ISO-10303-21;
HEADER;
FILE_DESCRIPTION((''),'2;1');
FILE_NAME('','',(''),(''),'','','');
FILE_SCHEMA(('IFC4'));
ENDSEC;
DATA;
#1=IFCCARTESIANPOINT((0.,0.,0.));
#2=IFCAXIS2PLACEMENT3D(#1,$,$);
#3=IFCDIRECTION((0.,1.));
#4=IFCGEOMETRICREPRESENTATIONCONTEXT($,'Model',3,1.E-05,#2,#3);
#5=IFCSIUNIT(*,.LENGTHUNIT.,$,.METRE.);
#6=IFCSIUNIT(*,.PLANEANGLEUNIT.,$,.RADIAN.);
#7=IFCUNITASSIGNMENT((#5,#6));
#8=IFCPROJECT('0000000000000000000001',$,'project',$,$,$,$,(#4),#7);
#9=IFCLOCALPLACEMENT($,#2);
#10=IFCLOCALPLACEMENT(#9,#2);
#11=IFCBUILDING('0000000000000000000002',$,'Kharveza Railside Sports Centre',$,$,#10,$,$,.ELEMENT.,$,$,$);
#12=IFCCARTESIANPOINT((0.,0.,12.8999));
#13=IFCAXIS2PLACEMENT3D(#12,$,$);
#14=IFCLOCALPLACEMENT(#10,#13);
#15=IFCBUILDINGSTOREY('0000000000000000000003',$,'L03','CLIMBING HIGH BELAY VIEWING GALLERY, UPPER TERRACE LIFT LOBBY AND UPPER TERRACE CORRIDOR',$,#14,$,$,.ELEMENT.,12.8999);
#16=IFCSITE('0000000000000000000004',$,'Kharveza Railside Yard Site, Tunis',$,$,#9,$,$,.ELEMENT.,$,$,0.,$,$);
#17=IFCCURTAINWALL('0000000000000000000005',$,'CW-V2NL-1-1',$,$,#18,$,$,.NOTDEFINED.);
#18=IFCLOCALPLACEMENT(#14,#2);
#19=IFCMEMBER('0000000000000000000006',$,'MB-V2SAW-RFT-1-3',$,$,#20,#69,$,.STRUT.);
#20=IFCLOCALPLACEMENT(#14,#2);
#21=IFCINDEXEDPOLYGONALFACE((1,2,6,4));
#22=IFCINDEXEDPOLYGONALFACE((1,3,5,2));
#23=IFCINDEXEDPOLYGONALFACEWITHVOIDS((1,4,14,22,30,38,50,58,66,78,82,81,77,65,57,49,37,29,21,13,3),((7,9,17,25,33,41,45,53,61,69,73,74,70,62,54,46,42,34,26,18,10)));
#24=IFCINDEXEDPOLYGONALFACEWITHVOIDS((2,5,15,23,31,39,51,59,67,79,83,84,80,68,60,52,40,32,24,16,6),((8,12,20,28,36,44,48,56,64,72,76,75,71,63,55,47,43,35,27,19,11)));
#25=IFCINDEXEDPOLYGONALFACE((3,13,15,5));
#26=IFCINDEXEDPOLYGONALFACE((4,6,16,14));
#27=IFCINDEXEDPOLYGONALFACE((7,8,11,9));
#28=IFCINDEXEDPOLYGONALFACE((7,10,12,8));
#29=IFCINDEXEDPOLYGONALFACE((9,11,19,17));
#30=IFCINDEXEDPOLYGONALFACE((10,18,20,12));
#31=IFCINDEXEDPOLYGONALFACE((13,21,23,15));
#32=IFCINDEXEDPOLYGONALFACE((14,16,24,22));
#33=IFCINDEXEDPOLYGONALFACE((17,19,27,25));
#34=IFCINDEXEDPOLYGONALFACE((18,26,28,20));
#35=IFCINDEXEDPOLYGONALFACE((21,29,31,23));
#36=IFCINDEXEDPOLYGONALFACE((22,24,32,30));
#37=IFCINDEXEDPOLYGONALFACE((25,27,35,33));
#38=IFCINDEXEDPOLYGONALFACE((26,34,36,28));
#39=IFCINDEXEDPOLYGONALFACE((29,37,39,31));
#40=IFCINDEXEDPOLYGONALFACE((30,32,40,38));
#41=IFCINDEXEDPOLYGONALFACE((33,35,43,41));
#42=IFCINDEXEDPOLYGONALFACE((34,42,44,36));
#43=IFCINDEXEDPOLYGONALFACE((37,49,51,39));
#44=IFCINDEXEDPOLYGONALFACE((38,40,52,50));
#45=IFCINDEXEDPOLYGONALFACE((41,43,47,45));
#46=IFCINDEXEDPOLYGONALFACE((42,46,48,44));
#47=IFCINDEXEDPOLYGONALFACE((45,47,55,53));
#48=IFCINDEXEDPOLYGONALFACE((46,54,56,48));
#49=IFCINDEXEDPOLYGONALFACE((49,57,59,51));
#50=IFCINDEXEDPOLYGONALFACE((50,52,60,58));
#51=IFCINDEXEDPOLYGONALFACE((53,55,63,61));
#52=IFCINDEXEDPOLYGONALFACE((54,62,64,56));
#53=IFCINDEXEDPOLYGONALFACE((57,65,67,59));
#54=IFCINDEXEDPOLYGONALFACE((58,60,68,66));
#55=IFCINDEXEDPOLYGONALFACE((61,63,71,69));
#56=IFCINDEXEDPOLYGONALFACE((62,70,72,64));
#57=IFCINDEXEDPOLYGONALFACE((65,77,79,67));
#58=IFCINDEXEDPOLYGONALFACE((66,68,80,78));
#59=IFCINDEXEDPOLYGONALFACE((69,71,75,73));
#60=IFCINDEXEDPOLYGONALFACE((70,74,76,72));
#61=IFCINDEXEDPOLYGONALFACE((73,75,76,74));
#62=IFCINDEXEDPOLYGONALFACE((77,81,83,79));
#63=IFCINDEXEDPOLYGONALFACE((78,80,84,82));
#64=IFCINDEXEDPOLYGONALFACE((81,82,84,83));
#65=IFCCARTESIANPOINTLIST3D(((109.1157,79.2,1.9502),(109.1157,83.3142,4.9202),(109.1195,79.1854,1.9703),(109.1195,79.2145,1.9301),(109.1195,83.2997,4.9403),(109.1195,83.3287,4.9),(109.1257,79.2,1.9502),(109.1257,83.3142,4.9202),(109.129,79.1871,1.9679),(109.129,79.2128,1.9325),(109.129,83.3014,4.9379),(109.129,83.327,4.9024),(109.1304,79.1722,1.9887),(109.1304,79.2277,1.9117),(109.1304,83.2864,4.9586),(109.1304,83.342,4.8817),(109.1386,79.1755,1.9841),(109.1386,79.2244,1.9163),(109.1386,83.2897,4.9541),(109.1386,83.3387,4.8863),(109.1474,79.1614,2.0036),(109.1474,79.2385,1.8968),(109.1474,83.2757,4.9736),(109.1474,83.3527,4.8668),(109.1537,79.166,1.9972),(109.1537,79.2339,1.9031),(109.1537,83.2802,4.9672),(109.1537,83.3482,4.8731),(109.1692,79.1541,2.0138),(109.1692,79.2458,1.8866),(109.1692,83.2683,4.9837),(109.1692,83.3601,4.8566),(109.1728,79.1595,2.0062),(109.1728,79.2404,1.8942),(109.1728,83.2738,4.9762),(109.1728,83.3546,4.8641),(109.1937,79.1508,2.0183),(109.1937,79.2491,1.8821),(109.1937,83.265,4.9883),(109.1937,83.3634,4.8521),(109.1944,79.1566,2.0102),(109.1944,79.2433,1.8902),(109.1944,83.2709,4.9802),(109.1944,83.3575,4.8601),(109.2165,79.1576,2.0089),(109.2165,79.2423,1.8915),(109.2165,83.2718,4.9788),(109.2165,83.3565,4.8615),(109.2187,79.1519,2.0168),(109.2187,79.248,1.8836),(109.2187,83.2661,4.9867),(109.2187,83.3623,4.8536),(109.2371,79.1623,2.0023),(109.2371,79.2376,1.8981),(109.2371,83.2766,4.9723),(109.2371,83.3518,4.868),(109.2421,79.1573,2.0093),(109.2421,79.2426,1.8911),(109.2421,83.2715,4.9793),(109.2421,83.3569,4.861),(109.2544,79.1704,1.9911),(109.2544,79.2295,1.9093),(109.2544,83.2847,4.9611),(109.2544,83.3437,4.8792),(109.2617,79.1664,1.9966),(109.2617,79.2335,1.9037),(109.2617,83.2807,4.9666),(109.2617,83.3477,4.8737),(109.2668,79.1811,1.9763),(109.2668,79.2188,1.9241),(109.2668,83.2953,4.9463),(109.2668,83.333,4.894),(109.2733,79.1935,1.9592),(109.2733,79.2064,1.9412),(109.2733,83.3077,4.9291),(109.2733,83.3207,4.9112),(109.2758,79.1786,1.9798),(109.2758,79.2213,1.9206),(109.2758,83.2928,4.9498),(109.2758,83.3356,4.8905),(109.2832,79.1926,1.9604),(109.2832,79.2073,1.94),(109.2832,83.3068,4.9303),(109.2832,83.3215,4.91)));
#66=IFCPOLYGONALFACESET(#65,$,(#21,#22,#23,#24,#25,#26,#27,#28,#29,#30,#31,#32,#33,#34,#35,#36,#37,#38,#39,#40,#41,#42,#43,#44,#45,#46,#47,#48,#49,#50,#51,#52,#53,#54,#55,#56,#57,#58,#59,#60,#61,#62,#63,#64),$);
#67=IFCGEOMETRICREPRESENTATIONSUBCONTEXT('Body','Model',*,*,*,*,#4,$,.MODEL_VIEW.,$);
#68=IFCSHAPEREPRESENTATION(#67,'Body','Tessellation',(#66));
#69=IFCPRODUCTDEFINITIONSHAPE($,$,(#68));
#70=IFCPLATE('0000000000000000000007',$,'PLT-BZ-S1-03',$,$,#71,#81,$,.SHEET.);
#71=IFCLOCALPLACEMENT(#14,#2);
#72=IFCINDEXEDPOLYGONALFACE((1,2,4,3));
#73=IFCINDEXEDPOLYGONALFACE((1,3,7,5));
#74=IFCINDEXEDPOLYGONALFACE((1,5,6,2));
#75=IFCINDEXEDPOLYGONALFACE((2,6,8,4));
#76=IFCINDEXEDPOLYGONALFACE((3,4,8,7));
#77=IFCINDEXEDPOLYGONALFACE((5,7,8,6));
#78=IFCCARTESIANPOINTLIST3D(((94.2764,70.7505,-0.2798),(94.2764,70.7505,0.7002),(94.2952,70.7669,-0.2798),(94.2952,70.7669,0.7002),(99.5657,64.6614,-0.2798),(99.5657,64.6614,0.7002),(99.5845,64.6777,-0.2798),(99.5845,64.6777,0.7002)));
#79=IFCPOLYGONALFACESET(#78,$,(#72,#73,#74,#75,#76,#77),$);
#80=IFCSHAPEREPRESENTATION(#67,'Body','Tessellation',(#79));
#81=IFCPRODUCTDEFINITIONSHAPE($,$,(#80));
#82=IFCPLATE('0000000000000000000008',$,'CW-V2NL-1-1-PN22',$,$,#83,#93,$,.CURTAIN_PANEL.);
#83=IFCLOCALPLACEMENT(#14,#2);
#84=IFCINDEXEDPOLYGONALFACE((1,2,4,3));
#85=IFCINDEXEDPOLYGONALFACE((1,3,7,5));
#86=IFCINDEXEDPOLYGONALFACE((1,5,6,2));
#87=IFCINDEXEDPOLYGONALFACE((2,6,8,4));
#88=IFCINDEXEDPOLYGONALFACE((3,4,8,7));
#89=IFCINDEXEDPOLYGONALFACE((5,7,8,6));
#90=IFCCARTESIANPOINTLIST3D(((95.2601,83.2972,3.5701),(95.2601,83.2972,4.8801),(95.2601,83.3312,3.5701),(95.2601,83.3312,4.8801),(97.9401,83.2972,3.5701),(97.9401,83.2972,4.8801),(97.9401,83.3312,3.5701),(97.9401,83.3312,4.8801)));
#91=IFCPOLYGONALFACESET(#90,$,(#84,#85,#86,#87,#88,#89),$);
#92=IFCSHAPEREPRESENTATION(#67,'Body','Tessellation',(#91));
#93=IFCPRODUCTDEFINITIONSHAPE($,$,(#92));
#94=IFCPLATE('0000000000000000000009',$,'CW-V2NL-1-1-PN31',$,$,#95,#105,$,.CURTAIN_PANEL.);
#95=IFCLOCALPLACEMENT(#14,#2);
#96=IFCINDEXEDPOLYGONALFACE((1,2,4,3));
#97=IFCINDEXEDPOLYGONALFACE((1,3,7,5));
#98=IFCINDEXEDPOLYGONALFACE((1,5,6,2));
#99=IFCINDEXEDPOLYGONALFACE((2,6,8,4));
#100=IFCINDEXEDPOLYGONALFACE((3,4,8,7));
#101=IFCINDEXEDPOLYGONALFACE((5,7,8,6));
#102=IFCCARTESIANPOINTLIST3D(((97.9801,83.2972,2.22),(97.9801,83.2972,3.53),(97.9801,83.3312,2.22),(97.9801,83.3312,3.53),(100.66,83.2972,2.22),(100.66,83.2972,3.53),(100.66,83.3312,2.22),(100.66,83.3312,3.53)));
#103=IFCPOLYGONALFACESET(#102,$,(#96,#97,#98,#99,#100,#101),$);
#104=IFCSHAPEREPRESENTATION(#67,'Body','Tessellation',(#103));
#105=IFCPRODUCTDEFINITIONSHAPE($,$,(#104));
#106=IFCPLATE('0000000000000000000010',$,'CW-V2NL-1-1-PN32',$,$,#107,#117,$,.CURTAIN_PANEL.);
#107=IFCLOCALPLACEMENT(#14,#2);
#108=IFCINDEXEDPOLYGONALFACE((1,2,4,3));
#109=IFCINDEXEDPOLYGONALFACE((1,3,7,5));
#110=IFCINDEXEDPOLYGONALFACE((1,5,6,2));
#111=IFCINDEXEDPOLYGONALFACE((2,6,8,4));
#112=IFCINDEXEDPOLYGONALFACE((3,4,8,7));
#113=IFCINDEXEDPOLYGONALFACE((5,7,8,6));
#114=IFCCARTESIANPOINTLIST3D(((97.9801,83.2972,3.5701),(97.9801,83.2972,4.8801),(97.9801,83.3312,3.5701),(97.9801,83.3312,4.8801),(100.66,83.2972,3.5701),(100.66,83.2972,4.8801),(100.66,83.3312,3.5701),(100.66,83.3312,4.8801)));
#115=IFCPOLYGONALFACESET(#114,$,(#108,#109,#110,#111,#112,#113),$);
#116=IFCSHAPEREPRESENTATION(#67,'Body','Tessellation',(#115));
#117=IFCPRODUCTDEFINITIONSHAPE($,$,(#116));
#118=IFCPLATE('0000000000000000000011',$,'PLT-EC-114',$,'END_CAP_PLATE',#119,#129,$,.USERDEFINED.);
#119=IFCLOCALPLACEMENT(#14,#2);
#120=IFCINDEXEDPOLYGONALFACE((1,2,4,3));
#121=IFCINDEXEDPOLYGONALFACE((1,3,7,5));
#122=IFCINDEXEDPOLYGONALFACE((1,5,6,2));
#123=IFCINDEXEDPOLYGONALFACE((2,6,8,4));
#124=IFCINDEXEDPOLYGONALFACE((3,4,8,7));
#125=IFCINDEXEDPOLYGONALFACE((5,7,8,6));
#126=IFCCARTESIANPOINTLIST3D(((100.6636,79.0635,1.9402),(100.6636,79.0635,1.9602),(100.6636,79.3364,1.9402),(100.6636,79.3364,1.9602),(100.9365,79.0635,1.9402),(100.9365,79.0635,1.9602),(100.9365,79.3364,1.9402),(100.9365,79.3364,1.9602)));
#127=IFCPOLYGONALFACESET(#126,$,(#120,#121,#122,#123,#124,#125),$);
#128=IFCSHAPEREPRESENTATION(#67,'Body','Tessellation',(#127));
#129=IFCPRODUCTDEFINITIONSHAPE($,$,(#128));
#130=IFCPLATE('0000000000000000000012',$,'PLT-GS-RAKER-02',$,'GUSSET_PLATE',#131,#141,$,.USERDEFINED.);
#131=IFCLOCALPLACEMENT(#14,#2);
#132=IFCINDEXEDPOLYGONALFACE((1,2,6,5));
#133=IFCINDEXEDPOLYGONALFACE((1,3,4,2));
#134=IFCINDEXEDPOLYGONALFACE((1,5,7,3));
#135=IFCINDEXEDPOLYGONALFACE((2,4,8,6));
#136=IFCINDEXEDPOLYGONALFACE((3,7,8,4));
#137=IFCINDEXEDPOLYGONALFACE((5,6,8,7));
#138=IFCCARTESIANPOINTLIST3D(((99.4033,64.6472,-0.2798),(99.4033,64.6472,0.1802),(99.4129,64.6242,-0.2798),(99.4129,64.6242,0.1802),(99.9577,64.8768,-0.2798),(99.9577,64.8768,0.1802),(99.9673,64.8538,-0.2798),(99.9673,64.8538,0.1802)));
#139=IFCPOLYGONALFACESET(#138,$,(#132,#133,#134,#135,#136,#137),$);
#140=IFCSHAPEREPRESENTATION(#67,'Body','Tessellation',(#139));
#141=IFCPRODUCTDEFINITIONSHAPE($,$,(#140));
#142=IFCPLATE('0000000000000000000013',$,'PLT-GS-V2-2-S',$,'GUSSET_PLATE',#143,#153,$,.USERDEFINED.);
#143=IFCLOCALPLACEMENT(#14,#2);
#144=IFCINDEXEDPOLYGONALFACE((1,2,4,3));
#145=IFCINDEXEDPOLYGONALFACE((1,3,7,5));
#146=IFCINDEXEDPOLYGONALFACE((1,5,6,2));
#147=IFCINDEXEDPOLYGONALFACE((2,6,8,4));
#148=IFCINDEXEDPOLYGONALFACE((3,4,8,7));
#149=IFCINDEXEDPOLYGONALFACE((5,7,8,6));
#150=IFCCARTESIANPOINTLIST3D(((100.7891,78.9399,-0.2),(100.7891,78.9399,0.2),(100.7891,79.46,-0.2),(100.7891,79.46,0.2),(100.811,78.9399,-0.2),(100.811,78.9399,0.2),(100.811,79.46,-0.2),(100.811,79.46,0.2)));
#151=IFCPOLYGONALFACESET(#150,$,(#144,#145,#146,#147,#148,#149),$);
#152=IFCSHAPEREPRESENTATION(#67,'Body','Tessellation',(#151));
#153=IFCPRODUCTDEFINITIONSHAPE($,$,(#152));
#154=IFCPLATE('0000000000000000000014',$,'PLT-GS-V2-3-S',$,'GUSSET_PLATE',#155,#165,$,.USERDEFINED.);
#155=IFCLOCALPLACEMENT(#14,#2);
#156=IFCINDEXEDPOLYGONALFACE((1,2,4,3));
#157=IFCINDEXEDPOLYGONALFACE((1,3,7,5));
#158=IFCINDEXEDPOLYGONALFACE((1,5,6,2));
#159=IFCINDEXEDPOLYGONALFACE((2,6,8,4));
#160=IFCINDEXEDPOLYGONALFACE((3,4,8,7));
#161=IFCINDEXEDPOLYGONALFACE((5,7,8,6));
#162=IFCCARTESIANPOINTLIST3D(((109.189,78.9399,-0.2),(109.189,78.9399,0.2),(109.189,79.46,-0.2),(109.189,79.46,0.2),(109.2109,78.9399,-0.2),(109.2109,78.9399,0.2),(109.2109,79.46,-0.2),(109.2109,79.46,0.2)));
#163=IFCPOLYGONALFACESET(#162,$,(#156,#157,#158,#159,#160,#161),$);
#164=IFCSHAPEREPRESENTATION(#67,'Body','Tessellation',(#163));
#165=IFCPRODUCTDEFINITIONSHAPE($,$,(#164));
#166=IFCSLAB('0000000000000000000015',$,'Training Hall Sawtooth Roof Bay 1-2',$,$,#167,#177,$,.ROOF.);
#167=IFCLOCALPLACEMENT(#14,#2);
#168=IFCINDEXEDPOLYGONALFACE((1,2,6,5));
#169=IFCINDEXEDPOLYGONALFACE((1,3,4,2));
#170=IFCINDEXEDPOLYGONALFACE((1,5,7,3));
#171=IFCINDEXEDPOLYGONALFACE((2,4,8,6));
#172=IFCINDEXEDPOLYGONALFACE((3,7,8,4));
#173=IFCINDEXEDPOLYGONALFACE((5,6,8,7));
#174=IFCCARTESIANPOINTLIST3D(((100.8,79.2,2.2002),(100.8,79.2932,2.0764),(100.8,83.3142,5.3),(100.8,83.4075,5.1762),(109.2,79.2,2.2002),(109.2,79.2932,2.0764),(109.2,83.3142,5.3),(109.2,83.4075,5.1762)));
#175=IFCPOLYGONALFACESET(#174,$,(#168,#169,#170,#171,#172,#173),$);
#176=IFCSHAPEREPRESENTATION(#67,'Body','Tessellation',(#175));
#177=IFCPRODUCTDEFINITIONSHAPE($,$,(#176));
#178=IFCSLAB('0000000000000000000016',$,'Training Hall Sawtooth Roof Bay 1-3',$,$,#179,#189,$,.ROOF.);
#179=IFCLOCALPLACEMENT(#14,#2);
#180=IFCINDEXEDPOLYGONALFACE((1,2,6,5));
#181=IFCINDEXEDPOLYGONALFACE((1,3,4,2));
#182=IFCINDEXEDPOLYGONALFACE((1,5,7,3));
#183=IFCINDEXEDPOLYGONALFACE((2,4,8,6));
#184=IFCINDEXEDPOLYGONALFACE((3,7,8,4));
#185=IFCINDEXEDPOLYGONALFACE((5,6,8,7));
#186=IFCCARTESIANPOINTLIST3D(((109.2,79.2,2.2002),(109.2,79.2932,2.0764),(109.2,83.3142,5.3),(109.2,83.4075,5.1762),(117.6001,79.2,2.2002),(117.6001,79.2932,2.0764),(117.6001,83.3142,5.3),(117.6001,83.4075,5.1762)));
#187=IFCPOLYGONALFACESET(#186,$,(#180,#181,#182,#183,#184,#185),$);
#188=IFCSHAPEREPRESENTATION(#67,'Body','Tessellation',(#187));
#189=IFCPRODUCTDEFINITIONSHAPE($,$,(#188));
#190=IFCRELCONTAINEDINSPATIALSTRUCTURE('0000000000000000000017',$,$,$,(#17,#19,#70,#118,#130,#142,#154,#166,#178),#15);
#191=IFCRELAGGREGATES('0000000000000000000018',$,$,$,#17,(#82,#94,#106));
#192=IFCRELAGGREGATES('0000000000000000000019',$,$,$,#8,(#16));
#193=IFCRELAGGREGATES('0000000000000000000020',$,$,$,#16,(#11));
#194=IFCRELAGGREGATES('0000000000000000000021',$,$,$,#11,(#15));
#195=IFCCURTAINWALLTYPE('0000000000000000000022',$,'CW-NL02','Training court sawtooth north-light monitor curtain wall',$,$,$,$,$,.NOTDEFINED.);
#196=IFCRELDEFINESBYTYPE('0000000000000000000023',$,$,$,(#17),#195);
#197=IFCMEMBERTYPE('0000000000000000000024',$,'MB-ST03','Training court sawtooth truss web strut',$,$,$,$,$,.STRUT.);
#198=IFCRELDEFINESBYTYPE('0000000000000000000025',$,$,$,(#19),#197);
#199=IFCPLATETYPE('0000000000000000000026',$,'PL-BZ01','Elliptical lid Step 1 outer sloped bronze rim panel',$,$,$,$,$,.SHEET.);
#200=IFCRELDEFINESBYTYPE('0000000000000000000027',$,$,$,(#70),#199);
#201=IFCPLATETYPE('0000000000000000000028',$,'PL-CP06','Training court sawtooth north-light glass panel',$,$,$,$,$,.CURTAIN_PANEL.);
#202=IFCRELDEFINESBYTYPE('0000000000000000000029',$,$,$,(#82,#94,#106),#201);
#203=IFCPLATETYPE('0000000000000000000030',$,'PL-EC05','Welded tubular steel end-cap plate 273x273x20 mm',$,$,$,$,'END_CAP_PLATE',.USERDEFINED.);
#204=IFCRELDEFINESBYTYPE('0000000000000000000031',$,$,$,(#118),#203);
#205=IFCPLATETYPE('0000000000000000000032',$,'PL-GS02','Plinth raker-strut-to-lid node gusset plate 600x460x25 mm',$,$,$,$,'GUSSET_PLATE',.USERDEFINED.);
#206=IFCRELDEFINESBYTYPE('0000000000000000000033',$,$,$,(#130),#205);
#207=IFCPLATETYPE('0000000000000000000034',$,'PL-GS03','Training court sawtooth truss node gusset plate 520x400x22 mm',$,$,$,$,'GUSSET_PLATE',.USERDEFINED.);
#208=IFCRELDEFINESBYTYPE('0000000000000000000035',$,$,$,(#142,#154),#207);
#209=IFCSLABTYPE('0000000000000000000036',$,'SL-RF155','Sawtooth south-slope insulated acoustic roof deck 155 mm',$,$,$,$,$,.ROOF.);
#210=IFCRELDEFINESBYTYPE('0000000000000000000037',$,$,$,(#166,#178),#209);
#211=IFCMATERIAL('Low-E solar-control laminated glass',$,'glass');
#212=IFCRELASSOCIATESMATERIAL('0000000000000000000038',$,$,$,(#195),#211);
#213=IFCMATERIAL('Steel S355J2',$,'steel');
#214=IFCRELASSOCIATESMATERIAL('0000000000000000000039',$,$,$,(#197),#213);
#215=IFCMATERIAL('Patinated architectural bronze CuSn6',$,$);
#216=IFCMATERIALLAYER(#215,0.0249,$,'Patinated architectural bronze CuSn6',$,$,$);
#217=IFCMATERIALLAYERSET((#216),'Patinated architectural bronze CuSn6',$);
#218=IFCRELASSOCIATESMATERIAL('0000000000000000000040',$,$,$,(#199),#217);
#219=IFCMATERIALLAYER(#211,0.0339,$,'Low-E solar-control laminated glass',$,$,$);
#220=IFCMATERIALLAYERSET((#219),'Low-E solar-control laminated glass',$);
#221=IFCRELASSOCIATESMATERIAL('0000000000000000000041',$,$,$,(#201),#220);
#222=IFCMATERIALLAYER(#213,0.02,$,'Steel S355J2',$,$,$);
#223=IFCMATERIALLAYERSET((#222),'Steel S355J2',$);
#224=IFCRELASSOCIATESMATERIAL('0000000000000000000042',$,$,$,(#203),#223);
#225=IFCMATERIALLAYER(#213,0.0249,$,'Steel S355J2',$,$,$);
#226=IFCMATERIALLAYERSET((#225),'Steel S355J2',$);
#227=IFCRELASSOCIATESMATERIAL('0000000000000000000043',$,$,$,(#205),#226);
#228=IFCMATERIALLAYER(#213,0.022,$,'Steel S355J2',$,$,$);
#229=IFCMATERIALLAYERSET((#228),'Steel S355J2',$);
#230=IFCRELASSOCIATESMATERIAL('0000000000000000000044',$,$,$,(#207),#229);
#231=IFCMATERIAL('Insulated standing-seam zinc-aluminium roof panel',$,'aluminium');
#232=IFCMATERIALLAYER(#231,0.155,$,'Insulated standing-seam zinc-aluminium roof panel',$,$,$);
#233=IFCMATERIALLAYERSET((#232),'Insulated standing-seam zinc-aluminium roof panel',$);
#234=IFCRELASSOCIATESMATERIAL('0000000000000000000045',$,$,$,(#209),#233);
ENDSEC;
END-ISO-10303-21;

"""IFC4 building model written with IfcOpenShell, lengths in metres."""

from ifc_helpers import new_model, si_unit, direction, frame, origin, origin_2d, place, context, subcontext, project, spatial, polyline, rectangle, hollow_circle, outline, extrude, material, layer, layer_set, material_profile, profile_set, type_object, element, aggregate, save


model = new_model("IFC4")

# Units and contexts
model_context = context("Model", 3, precision=1e-05, world=origin(), true_north=direction((0.0, 1.0)))
body_context = subcontext(model_context, "Body", "Model", "MODEL_VIEW")
ifc_project = project(units=[si_unit("LENGTHUNIT", "METRE"), si_unit("PLANEANGLEUNIT", "RADIAN")], contexts=[model_context])

# Site, building, storey
site_placement = place(None, origin())
site = spatial("IfcSite", under=ifc_project, at=site_placement, Name="Kharveza Railside Yard Site, Tunis", CompositionType="ELEMENT", RefElevation=0.0)
building_placement = place(site_placement, origin())
building = spatial("IfcBuilding", under=site, at=building_placement, Name="Kharveza Railside Sports Centre", CompositionType="ELEMENT")
storey_placement = place(building_placement, frame((0.0, 0.0, 12.8999)))
storey = spatial("IfcBuildingStorey", under=building, at=storey_placement, Name="L03", Description="CLIMBING HIGH BELAY VIEWING GALLERY, UPPER TERRACE LIFT LOBBY AND UPPER TERRACE CORRIDOR", CompositionType="ELEMENT", Elevation=12.8999)

# Shared definitions
ifc_material_1 = material(Name="Steel S355J2", Category="steel")

# Curtain wall
ifc_material_2 = material(Name="Low-E solar-control laminated glass", Category="glass")
curtain_wall_type = type_object("IfcCurtainWallType", Name="CW-NL02", Description="Training court sawtooth north-light monitor curtain wall", PredefinedType="NOTDEFINED", material=ifc_material_2)
curtain_wall_placement = place(storey_placement, origin())
curtain_wall = element("IfcCurtainWall", 1, at=curtain_wall_placement, inside=storey, type_object=curtain_wall_type, Name="CW-V2NL-1-1", PredefinedType="NOTDEFINED")

# Member
ifc_material_profile_1 = material_profile(ifc_material_1, hollow_circle(Radius=0.0842, WallThickness=0.01, at=origin_2d()), Name="CHS 168.3x10.0")
ifc_profile_set_1 = profile_set([ifc_material_profile_1], Name="Steel S355J2")
member_type_1 = type_object("IfcMemberType", Name="MB-ST03", Description="Training court sawtooth truss web strut", PredefinedType="STRUT", material=ifc_profile_set_1)
for number, where, z_axis, x_axis, name in (
    (2, (109.2, 79.2, 1.9502), (0.0, 0.810814, 0.585304), (-1.0, 0.0, 0.0), "MB-V2SAW-RFT-1-3"),
):
    element("IfcMember", number, at=place(storey_placement, frame(where, z_axis=z_axis, x_axis=x_axis)), inside=storey, type_object=member_type_1, Name=name, PredefinedType="STRUT", context=body_context, shape_type="SweptSolid", body=[
        extrude(hollow_circle(Radius=0.0842, WallThickness=0.01, at=origin_2d()), origin(), (0.0, 0.0, 1.0), 5.0742),
    ])

# Plates
ifc_material_3 = material(Name="Patinated architectural bronze CuSn6")
ifc_layer_1 = layer(ifc_material_3, 0.0249, Name="Patinated architectural bronze CuSn6")
ifc_layer_set_1 = layer_set([ifc_layer_1], Name="Patinated architectural bronze CuSn6")
plate_type_1 = type_object("IfcPlateType", Name="PL-BZ01", Description="Elliptical lid Step 1 outer sloped bronze rim panel", PredefinedType="SHEET", material=ifc_layer_set_1)
plate_1_placement = place(storey_placement, frame((96.9304, 67.7141, -0.2798), z_axis=(0.0, 0.0, 1.0), x_axis=(-0.655782, 0.75495, 0.0)))
element("IfcPlate", 3, at=plate_1_placement, inside=storey, type_object=plate_type_1, Name="PLT-BZ-S1-03", PredefinedType="SHEET", context=body_context, shape_type="SweptSolid", body=[
    extrude(rectangle(XDim=8.0657, YDim=0.0249, at=origin_2d()), origin(), (0.0, 0.0, 1.0), 0.98),
])
ifc_layer_2 = layer(ifc_material_2, 0.0339, Name="Low-E solar-control laminated glass")
ifc_layer_set_2 = layer_set([ifc_layer_2], Name="Low-E solar-control laminated glass")
plate_type_2 = type_object("IfcPlateType", Name="PL-CP06", Description="Training court sawtooth north-light glass panel", PredefinedType="CURTAIN_PANEL", material=ifc_layer_set_2)
plate_2_placement = place(storey_placement, frame((96.6001, 83.3142, 3.5701), z_axis=(0.0, 0.0, 1.0), x_axis=(1.0, 0.0, 0.0)))
plate_2 = element("IfcPlate", 4, at=plate_2_placement, type_object=plate_type_2, Name="CW-V2NL-1-1-PN22", PredefinedType="CURTAIN_PANEL", context=body_context, shape_type="SweptSolid", body=[
    extrude(rectangle(XDim=2.6799, YDim=0.0339, at=origin_2d()), origin(), (0.0, 0.0, 1.0), 1.3101),
])
plate_3_placement = place(storey_placement, frame((99.3201, 83.3142, 2.22), z_axis=(0.0, 0.0, 1.0), x_axis=(1.0, 0.0, 0.0)))
plate_3 = element("IfcPlate", 5, at=plate_3_placement, type_object=plate_type_2, Name="CW-V2NL-1-1-PN31", PredefinedType="CURTAIN_PANEL", context=body_context, shape_type="SweptSolid", body=[
    extrude(rectangle(XDim=2.6799, YDim=0.0339, at=origin_2d()), origin(), (0.0, 0.0, 1.0), 1.3101),
])
plate_4_placement = place(storey_placement, frame((99.3201, 83.3142, 3.5701), z_axis=(0.0, 0.0, 1.0), x_axis=(1.0, 0.0, 0.0)))
plate_4 = element("IfcPlate", 6, at=plate_4_placement, type_object=plate_type_2, Name="CW-V2NL-1-1-PN32", PredefinedType="CURTAIN_PANEL", context=body_context, shape_type="SweptSolid", body=[
    extrude(rectangle(XDim=2.6799, YDim=0.0339, at=origin_2d()), origin(), (0.0, 0.0, 1.0), 1.3101),
])
aggregate(curtain_wall, [plate_2, plate_3, plate_4])

# Plates
ifc_layer_3 = layer(ifc_material_1, 0.02, Name="Steel S355J2")
ifc_layer_set_3 = layer_set([ifc_layer_3], Name="Steel S355J2")
plate_type_3 = type_object("IfcPlateType", Name="PL-EC05", Description="Welded tubular steel end-cap plate 273x273x20 mm", ElementType="END_CAP_PLATE", PredefinedType="USERDEFINED", material=ifc_layer_set_3)
plate_5_placement = place(storey_placement, frame((100.8, 79.2, 1.9402), z_axis=(0.0, 0.0, 1.0), x_axis=(1.0, 0.0, 0.0)))
element("IfcPlate", 7, at=plate_5_placement, inside=storey, type_object=plate_type_3, Name="PLT-EC-114", ObjectType="END_CAP_PLATE", PredefinedType="USERDEFINED", context=body_context, shape_type="SweptSolid", body=[
    extrude(rectangle(XDim=0.2729, YDim=0.2729, at=origin_2d()), origin(), (0.0, 0.0, 1.0), 0.02),
])
ifc_layer_4 = layer(ifc_material_1, 0.0249, Name="Steel S355J2")
ifc_layer_set_4 = layer_set([ifc_layer_4], Name="Steel S355J2")
plate_type_4 = type_object("IfcPlateType", Name="PL-GS02", Description="Plinth raker-strut-to-lid node gusset plate 600x460x25 mm", ElementType="GUSSET_PLATE", PredefinedType="USERDEFINED", material=ifc_layer_set_4)
plate_6_placement = place(storey_placement, frame((99.6853, 64.7505, -0.2798), z_axis=(0.0, 0.0, 1.0), x_axis=(0.92388, 0.382683, 0.0)))
element("IfcPlate", 8, at=plate_6_placement, inside=storey, type_object=plate_type_4, Name="PLT-GS-RAKER-02", ObjectType="GUSSET_PLATE", PredefinedType="USERDEFINED", context=body_context, shape_type="SweptSolid", body=[
    extrude(rectangle(XDim=0.6001, YDim=0.0249, at=origin_2d()), origin(), (0.0, 0.0, 1.0), 0.46),
])
ifc_layer_5 = layer(ifc_material_1, 0.022, Name="Steel S355J2")
ifc_layer_set_5 = layer_set([ifc_layer_5], Name="Steel S355J2")
plate_type_5 = type_object("IfcPlateType", Name="PL-GS03", Description="Training court sawtooth truss node gusset plate 520x400x22 mm", ElementType="GUSSET_PLATE", PredefinedType="USERDEFINED", material=ifc_layer_set_5)
for number, where, z_axis, x_axis, name in (
    (9, (100.8, 79.2, -0.2), (0.0, 0.0, 1.0), (1.0, 0.0, 0.0), "PLT-GS-V2-2-S"),
    (10, (109.2, 79.2, -0.2), (0.0, 0.0, 1.0), (1.0, 0.0, 0.0), "PLT-GS-V2-3-S"),
):
    element("IfcPlate", number, at=place(storey_placement, frame(where, z_axis=z_axis, x_axis=x_axis)), inside=storey, type_object=plate_type_5, Name=name, ObjectType="GUSSET_PLATE", PredefinedType="USERDEFINED", context=body_context, shape_type="SweptSolid", body=[
        extrude(rectangle(XDim=0.022, YDim=0.52, at=origin_2d()), origin(), (0.0, 0.0, 1.0), 0.3999),
    ])

# Slabs
ifc_material_4 = material(Name="Insulated standing-seam zinc-aluminium roof panel", Category="aluminium")
ifc_layer_6 = layer(ifc_material_4, 0.155, Name="Insulated standing-seam zinc-aluminium roof panel")
ifc_layer_set_6 = layer_set([ifc_layer_6], Name="Insulated standing-seam zinc-aluminium roof panel")
slab_type_1 = type_object("IfcSlabType", Name="SL-RF155", Description="Sawtooth south-slope insulated acoustic roof deck 155 mm", PredefinedType="ROOF", material=ifc_layer_set_6)
slab_1_placement = place(storey_placement, frame((100.8, 79.2, 2.2002), z_axis=(0.0, -0.601758, 0.798679), x_axis=(1.0, 0.0, 0.0)))
element("IfcSlab", 11, at=slab_1_placement, inside=storey, type_object=slab_type_1, Name="Training Hall Sawtooth Roof Bay 1-2", PredefinedType="ROOF", context=body_context, shape_type="SweptSolid", body=[
    extrude(outline(polyline([(0.0, 0.0), (8.3999, 0.0), (8.3999, 5.1513), (0.0, 5.1513), (0.0, 0.0)])), origin(), (0.0, 0.0, -1.0), 0.155),
])
slab_2_placement = place(storey_placement, frame((109.2, 79.2, 2.2002), z_axis=(0.0, -0.601758, 0.798679), x_axis=(1.0, 0.0, 0.0)))
element("IfcSlab", 12, at=slab_2_placement, inside=storey, type_object=slab_type_1, Name="Training Hall Sawtooth Roof Bay 1-3", PredefinedType="ROOF", context=body_context, shape_type="SweptSolid", body=[
    extrude(outline(polyline([(0.0, 0.0), (8.4001, 0.0), (8.4001, 5.1513), (0.0, 5.1513), (0.0, 0.0)])), origin(), (0.0, 0.0, -1.0), 0.155),
])

save(model, "model.ifc")
